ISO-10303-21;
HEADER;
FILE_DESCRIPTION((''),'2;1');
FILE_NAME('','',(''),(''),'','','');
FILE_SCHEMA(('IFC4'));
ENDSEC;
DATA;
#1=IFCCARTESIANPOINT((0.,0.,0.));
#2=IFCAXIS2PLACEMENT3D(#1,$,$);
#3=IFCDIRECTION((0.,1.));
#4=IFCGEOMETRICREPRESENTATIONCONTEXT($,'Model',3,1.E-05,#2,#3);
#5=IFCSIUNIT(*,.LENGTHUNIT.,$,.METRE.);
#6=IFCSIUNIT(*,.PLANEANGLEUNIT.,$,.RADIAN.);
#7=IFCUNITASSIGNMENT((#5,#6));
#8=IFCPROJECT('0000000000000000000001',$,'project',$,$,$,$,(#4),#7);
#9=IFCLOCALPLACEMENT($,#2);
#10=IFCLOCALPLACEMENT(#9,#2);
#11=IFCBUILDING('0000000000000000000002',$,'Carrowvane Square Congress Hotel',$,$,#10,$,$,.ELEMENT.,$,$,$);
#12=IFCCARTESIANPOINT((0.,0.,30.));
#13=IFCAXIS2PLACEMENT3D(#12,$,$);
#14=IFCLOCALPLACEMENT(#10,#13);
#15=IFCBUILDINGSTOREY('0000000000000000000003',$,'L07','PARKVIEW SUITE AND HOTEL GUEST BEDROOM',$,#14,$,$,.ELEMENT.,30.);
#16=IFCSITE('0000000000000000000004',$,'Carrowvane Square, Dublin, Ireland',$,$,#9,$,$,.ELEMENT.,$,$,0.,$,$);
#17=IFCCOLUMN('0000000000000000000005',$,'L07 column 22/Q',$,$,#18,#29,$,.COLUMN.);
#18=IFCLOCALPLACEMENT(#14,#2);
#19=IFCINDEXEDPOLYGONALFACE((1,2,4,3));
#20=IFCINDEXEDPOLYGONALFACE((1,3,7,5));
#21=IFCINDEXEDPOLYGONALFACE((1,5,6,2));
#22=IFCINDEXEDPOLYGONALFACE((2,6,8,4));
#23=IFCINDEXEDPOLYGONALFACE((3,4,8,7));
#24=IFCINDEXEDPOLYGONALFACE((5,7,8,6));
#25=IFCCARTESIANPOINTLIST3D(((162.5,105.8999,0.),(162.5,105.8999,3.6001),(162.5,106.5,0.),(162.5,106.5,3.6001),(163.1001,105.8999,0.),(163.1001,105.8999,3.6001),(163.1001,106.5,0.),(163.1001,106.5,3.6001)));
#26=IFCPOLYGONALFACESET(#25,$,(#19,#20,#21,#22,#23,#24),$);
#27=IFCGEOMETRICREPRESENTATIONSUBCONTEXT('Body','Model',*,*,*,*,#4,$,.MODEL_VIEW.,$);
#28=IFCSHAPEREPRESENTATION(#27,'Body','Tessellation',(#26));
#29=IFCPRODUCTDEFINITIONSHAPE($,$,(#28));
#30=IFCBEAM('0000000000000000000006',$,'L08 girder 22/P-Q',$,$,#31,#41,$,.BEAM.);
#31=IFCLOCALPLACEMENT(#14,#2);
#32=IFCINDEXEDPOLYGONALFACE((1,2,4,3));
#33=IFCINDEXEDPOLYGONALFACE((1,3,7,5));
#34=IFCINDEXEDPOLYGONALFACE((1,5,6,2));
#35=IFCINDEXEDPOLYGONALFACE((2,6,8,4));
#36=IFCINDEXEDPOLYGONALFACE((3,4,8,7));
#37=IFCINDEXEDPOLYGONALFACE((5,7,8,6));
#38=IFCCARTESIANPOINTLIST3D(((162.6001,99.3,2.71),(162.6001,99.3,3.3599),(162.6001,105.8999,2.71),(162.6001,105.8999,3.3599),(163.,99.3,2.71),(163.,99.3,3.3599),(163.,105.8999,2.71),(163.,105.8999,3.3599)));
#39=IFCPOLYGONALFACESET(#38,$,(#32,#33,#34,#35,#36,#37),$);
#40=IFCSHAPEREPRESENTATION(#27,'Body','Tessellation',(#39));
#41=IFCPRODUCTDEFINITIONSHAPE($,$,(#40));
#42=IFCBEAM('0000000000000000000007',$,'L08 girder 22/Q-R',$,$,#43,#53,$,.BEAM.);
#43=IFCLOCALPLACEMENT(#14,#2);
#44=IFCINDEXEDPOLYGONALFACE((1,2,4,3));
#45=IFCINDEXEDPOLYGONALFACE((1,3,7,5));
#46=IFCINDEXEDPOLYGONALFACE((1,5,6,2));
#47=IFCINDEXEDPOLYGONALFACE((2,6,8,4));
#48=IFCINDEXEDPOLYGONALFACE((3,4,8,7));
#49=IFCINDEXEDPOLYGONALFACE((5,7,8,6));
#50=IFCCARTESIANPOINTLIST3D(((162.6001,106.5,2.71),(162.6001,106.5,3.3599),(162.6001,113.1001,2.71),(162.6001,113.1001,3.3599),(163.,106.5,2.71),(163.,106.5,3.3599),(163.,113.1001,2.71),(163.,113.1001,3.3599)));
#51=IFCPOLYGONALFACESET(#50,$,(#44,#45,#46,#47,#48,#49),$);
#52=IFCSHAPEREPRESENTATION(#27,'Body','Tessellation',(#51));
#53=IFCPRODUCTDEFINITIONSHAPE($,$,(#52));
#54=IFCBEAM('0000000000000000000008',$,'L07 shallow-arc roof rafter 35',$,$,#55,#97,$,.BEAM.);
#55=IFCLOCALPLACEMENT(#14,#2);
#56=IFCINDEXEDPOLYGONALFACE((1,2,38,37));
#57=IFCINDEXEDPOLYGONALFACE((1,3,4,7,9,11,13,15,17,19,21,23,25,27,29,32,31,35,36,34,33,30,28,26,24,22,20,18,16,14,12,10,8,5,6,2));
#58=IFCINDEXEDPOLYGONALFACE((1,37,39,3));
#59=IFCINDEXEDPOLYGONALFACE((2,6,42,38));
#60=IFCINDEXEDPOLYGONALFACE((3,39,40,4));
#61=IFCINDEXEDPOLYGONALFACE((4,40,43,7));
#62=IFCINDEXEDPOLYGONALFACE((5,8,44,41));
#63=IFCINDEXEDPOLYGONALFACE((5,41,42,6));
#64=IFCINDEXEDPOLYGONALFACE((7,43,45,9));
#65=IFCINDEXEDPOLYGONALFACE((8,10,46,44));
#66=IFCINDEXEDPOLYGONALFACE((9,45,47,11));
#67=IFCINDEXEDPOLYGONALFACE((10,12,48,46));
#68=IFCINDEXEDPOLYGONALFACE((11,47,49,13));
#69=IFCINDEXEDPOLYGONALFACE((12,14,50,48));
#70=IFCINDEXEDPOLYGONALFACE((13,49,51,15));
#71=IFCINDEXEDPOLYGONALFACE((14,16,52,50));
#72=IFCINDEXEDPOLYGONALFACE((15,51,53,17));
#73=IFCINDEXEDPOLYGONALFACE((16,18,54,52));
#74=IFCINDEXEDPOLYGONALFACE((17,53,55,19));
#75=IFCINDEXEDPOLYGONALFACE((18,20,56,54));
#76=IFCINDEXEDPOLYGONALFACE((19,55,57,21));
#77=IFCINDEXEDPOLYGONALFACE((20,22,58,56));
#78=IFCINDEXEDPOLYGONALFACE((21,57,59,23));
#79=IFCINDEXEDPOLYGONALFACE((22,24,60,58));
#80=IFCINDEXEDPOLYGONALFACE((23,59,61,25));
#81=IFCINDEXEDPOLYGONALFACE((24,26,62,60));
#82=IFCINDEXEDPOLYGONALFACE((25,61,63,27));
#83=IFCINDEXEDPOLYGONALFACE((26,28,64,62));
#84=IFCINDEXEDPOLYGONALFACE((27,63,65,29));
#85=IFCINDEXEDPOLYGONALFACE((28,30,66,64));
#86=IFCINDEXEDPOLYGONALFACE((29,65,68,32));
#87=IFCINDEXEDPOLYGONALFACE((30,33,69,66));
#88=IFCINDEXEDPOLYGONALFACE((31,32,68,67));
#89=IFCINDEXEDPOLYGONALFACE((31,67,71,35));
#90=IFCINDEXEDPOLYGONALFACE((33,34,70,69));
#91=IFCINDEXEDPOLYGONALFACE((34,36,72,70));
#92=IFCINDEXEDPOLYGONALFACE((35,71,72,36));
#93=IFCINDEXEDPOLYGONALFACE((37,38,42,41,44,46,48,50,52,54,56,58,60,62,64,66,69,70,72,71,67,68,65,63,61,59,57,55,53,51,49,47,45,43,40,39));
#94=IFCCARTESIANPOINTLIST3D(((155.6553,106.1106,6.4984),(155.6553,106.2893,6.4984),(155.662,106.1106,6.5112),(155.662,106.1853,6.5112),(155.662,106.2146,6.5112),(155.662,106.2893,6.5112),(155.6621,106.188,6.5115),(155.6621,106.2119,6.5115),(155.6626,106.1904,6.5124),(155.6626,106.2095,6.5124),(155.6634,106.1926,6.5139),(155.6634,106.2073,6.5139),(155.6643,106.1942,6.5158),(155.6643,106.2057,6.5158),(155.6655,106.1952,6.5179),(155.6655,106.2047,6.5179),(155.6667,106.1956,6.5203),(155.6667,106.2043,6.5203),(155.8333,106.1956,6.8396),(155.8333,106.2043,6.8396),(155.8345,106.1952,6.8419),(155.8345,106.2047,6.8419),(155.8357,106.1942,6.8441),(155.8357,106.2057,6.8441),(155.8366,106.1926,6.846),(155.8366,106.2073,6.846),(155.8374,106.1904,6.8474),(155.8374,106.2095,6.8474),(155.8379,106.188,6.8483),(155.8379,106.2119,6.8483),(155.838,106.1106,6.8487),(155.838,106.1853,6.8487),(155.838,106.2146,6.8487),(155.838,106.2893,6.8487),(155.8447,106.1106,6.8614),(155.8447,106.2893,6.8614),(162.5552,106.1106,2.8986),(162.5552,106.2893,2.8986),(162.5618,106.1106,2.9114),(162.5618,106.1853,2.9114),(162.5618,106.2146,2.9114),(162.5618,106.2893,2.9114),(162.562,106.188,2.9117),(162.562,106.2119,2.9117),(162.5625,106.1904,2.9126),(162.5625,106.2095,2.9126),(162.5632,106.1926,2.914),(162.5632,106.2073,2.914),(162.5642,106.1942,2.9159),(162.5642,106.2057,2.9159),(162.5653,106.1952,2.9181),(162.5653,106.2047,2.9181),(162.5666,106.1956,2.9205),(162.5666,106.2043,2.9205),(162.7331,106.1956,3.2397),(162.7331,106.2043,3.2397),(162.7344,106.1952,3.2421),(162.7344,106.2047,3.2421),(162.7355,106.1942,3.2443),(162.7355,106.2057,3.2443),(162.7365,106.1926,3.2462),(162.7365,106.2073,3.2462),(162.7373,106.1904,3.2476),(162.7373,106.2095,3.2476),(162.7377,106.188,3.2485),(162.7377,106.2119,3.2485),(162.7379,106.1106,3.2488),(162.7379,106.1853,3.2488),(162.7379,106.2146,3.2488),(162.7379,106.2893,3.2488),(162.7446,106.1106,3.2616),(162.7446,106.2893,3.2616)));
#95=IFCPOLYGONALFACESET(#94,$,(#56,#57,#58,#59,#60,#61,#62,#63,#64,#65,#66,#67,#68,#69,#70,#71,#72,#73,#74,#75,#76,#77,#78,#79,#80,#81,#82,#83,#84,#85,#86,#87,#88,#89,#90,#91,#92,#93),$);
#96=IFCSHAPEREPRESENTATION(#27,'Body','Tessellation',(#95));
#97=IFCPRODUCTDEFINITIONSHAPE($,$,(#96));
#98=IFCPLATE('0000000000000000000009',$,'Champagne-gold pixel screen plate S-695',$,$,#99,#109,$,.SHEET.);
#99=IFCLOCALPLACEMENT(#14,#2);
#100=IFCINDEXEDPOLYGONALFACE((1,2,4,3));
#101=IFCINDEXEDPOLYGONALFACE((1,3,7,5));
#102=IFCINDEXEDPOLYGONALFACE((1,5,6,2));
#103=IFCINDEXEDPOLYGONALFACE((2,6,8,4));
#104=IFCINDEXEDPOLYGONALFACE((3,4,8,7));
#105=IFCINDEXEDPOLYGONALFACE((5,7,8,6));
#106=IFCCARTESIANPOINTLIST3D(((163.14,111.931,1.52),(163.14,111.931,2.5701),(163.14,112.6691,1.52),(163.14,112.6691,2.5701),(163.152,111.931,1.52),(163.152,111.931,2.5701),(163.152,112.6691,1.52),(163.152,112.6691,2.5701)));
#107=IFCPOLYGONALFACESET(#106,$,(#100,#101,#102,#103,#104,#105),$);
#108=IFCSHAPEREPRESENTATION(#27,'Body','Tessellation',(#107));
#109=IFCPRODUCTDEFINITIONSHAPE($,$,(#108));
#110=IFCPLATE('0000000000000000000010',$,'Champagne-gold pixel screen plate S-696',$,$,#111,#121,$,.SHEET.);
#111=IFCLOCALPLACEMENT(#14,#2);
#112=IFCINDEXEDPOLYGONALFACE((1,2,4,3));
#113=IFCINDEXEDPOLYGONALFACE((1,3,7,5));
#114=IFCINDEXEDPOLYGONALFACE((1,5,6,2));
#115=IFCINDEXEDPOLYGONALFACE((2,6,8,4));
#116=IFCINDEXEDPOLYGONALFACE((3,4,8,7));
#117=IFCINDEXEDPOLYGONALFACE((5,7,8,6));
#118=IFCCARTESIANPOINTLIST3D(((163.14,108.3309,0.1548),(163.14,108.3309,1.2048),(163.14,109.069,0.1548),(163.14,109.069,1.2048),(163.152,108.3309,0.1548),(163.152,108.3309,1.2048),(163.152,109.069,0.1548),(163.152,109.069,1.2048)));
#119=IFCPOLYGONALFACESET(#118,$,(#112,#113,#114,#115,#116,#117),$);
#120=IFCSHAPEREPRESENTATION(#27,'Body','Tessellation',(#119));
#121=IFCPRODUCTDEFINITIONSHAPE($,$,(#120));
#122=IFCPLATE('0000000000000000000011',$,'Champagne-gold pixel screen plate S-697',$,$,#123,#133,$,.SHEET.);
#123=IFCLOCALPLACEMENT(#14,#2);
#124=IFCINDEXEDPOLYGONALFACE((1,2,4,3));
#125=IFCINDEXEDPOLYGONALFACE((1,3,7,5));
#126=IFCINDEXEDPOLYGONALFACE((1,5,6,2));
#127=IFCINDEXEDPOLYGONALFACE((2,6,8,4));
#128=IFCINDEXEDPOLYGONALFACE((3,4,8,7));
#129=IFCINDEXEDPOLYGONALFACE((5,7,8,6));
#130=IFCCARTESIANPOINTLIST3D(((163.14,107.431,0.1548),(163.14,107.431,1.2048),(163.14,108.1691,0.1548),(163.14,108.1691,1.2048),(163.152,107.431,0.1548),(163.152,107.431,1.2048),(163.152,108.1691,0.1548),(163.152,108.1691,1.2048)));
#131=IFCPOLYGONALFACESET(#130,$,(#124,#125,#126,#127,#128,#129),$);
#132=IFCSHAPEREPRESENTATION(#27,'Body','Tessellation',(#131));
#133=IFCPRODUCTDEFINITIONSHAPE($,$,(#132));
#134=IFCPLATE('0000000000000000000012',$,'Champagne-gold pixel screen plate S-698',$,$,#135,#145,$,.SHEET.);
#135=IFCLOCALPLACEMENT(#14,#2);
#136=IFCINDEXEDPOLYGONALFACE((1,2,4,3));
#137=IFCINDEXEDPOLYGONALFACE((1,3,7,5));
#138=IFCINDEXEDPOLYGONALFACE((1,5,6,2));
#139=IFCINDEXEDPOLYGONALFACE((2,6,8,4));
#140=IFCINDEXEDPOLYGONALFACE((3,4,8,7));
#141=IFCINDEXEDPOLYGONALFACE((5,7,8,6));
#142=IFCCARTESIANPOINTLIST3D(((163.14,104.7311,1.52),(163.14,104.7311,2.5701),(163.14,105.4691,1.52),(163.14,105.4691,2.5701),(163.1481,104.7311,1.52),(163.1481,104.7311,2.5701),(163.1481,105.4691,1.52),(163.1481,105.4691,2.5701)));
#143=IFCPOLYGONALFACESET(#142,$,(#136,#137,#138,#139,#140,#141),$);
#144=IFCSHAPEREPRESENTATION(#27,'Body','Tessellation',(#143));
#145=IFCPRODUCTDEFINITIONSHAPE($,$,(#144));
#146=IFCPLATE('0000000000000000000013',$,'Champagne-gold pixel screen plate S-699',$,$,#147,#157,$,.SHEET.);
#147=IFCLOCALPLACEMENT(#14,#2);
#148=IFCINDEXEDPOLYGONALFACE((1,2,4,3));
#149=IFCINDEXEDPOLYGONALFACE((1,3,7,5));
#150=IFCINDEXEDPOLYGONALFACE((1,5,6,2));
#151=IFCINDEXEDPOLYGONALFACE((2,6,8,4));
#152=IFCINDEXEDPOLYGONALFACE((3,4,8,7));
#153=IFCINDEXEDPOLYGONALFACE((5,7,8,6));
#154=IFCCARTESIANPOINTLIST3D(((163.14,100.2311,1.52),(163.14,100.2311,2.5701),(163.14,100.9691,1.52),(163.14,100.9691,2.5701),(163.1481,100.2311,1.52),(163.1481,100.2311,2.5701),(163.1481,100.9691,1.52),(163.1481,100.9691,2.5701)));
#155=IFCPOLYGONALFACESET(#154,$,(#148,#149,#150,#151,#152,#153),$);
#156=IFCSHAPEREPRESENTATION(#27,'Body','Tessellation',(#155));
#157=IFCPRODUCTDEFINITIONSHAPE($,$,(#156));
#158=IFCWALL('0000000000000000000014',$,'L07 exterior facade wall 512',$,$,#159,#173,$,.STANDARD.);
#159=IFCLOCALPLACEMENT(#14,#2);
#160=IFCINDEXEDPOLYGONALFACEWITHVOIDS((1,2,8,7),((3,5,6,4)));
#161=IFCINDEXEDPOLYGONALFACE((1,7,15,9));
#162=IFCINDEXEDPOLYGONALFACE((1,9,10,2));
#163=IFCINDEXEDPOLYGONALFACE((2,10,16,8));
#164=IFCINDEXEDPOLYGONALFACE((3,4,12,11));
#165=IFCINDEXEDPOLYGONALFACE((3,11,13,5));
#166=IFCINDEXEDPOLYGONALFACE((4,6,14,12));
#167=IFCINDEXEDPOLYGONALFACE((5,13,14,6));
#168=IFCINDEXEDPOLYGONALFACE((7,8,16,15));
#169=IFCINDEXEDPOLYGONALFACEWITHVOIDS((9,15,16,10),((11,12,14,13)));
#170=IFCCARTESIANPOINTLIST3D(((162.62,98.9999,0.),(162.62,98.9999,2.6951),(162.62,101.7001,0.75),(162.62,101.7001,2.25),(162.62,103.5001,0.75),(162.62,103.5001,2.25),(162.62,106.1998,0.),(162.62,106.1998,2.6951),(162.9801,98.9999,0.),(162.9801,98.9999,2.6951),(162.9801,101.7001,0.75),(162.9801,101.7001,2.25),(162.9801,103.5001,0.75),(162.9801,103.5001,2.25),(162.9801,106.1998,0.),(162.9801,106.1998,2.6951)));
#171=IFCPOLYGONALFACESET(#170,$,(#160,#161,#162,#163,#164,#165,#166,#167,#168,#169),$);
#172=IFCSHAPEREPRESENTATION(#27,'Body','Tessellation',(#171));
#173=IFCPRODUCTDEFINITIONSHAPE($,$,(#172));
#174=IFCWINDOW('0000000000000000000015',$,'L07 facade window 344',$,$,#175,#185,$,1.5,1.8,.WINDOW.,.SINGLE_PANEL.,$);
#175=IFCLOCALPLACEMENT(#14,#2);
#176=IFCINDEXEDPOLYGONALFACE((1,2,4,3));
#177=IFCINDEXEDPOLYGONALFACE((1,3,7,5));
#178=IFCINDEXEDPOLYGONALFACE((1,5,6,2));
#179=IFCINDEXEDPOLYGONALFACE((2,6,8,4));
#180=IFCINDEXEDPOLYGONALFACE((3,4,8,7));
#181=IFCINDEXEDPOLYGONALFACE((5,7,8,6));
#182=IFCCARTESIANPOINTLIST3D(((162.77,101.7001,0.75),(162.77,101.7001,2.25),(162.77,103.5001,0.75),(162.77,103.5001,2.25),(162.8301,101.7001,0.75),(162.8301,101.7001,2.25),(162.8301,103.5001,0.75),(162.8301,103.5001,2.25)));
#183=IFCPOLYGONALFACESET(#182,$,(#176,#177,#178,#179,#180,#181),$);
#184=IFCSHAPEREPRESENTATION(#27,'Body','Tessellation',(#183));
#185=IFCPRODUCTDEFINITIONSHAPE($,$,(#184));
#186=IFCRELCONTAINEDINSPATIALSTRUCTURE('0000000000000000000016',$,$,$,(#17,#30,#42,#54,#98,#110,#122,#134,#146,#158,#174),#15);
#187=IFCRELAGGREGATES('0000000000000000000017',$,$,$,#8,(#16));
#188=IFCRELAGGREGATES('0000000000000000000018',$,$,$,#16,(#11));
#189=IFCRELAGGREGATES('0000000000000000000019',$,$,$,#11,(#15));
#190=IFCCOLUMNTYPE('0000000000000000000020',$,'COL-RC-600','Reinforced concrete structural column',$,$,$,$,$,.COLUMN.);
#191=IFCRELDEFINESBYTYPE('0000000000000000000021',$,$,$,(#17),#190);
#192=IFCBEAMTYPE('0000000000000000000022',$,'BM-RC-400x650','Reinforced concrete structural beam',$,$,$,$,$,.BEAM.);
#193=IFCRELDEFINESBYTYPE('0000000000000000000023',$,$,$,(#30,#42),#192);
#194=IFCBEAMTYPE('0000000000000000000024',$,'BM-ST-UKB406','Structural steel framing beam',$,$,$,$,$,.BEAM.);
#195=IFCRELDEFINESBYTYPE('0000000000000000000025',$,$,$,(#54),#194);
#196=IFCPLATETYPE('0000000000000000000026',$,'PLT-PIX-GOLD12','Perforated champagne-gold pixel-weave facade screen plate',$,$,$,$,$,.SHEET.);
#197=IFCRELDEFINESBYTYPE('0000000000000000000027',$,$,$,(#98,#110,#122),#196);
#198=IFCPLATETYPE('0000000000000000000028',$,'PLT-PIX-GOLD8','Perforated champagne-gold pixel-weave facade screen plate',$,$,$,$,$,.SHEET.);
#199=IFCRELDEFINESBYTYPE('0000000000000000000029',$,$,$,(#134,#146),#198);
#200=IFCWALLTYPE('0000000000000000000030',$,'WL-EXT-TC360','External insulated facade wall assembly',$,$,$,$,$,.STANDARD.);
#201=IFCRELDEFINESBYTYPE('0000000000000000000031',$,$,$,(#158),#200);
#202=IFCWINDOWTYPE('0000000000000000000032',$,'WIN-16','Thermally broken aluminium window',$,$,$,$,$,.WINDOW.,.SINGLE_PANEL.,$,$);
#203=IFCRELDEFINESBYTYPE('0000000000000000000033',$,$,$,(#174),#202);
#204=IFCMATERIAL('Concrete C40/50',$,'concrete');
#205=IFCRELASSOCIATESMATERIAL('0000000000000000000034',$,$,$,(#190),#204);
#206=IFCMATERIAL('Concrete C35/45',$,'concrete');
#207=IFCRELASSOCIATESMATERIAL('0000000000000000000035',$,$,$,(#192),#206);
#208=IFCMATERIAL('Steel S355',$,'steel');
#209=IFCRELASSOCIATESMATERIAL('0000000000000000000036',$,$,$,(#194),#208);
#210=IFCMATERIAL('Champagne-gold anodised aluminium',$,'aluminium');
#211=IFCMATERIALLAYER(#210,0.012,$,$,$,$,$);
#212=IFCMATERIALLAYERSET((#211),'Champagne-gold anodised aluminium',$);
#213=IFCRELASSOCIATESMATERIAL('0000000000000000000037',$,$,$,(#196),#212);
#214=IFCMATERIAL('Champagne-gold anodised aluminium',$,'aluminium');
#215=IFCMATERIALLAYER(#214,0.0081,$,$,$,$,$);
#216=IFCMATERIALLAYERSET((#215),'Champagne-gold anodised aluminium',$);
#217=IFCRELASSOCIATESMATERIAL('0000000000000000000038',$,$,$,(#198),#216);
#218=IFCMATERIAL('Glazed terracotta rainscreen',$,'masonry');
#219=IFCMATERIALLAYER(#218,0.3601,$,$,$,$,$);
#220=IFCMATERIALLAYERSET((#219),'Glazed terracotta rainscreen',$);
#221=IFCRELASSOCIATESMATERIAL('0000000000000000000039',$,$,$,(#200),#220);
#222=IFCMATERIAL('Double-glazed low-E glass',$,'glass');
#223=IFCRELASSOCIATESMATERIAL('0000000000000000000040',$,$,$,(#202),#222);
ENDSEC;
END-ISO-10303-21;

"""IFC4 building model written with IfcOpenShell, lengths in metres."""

from ifc_helpers import new_model, si_unit, direction, frame, frame_2d, origin, origin_2d, place, context, subcontext, project, spatial, rectangle, i_section, extrude, material, layer, layer_set, material_profile, profile_set, type_object, element, fill, save


model = new_model("IFC4")

# Units and contexts
model_context = context("Model", 3, precision=1e-05, world=origin(), true_north=direction((0.0, 1.0)))
body_context = subcontext(model_context, "Body", "Model", "MODEL_VIEW")
ifc_project = project(units=[si_unit("LENGTHUNIT", "METRE"), si_unit("PLANEANGLEUNIT", "RADIAN")], contexts=[model_context])

# Site, building, storey
site_placement = place(None, origin())
site = spatial("IfcSite", under=ifc_project, at=site_placement, Name="Carrowvane Square, Dublin, Ireland", CompositionType="ELEMENT", RefElevation=0.0)
building_placement = place(site_placement, origin())
building = spatial("IfcBuilding", under=site, at=building_placement, Name="Carrowvane Square Congress Hotel", CompositionType="ELEMENT")
storey_placement = place(building_placement, frame((0.0, 0.0, 30.0)))
storey = spatial("IfcBuildingStorey", under=building, at=storey_placement, Name="L07", Description="PARKVIEW SUITE AND HOTEL GUEST BEDROOM", CompositionType="ELEMENT", Elevation=30.0)

# Column
ifc_material_1 = material(Name="Concrete C40/50", Category="concrete")
ifc_material_profile_1 = material_profile(ifc_material_1, rectangle(XDim=0.6001, YDim=0.6001, at=origin_2d()), Name="RC 600x600")
ifc_profile_set_1 = profile_set([ifc_material_profile_1], Name="Concrete C40/50")
column_type = type_object("IfcColumnType", Name="COL-RC-600", Description="Reinforced concrete structural column", PredefinedType="COLUMN", material=ifc_profile_set_1)
column_placement = place(storey_placement, frame((162.8, 106.2, 0.0), z_axis=(0.0, 0.0, 1.0), x_axis=(1.0, 0.0, 0.0)))
element("IfcColumn", 1, at=column_placement, inside=storey, type_object=column_type, Name="L07 column 22/Q", PredefinedType="COLUMN", context=body_context, shape_type="SweptSolid", body=[
    extrude(rectangle(XDim=0.6001, YDim=0.6001, at=origin_2d()), origin(), (0.0, 0.0, 1.0), 3.6001),
])

# Beams
ifc_material_2 = material(Name="Concrete C35/45", Category="concrete")
ifc_material_profile_2 = material_profile(ifc_material_2, rectangle(XDim=0.3999, YDim=0.6499, at=origin_2d()), Name="RC 400x650")
ifc_profile_set_2 = profile_set([ifc_material_profile_2], Name="Concrete C35/45")
beam_type_1 = type_object("IfcBeamType", Name="BM-RC-400x650", Description="Reinforced concrete structural beam", PredefinedType="BEAM", material=ifc_profile_set_2)
beam_1_placement = place(storey_placement, frame((162.8, 99.3, 3.0349), z_axis=(0.0, 1.0, 0.0), x_axis=(-1.0, 0.0, 0.0)))
element("IfcBeam", 2, at=beam_1_placement, inside=storey, type_object=beam_type_1, Name="L08 girder 22/P-Q", PredefinedType="BEAM", context=body_context, shape_type="SweptSolid", body=[
    extrude(rectangle(XDim=0.3999, YDim=0.6499, at=origin_2d()), origin(), (0.0, 0.0, 1.0), 6.5999),
])
beam_2_placement = place(storey_placement, frame((162.8, 106.5, 3.0349), z_axis=(0.0, 1.0, 0.0), x_axis=(-1.0, 0.0, 0.0)))
element("IfcBeam", 3, at=beam_2_placement, inside=storey, type_object=beam_type_1, Name="L08 girder 22/Q-R", PredefinedType="BEAM", context=body_context, shape_type="SweptSolid", body=[
    extrude(rectangle(XDim=0.3999, YDim=0.6499, at=origin_2d()), origin(), (0.0, 0.0, 1.0), 6.6001),
])
ifc_material_3 = material(Name="Steel S355", Category="steel")
ifc_material_profile_3 = material_profile(ifc_material_3, i_section(OverallWidth=0.1787, OverallDepth=0.4094, WebThickness=0.0088, FlangeThickness=0.0144, FilletRadius=0.0103, at=origin_2d()), Name="UKB 406x178x67")
ifc_profile_set_3 = profile_set([ifc_material_profile_3], Name="Steel S355")
beam_type_2 = type_object("IfcBeamType", Name="BM-ST-UKB406", Description="Structural steel framing beam", PredefinedType="BEAM", material=ifc_profile_set_3)
beam_3_placement = place(storey_placement, frame((155.75, 106.2, 6.6799), z_axis=(0.88659, 0.0, -0.462556), x_axis=(0.0, 1.0, 0.0)))
element("IfcBeam", 4, at=beam_3_placement, inside=storey, type_object=beam_type_2, Name="L07 shallow-arc roof rafter 35", PredefinedType="BEAM", context=body_context, shape_type="SweptSolid", body=[
    extrude(i_section(OverallWidth=0.1787, OverallDepth=0.4094, WebThickness=0.0088, FlangeThickness=0.0144, FilletRadius=0.0103, at=origin_2d()), origin(), (0.0, 0.0, 1.0), 7.7825),
])

# Plates
ifc_material_4 = material(Name="Champagne-gold anodised aluminium", Category="aluminium")
ifc_layer_1 = layer(ifc_material_4, 0.012)
ifc_layer_set_1 = layer_set([ifc_layer_1], Name="Champagne-gold anodised aluminium")
plate_type_1 = type_object("IfcPlateType", Name="PLT-PIX-GOLD12", Description="Perforated champagne-gold pixel-weave facade screen plate", PredefinedType="SHEET", material=ifc_layer_set_1)
for number, where, z_axis, x_axis, name in (
    (5, (163.146, 112.3, 1.52), (0.0, 0.0, 1.0), (0.0, -1.0, 0.0), "Champagne-gold pixel screen plate S-695"),
    (6, (163.146, 108.7, 0.1548), (0.0, 0.0, 1.0), (0.0, -1.0, 0.0), "Champagne-gold pixel screen plate S-696"),
    (7, (163.146, 107.8, 0.1548), (0.0, 0.0, 1.0), (0.0, -1.0, 0.0), "Champagne-gold pixel screen plate S-697"),
):
    element("IfcPlate", number, at=place(storey_placement, frame(where, z_axis=z_axis, x_axis=x_axis)), inside=storey, type_object=plate_type_1, Name=name, PredefinedType="SHEET", context=body_context, shape_type="SweptSolid", body=[
        extrude(rectangle(XDim=0.738, YDim=0.012, at=origin_2d()), origin(), (0.0, 0.0, 1.0), 1.05),
    ])
ifc_material_5 = material(Name="Champagne-gold anodised aluminium", Category="aluminium")
ifc_layer_2 = layer(ifc_material_5, 0.0081)
ifc_layer_set_2 = layer_set([ifc_layer_2], Name="Champagne-gold anodised aluminium")
plate_type_2 = type_object("IfcPlateType", Name="PLT-PIX-GOLD8", Description="Perforated champagne-gold pixel-weave facade screen plate", PredefinedType="SHEET", material=ifc_layer_set_2)
for number, where, z_axis, x_axis, name in (
    (8, (163.144, 105.1001, 1.52), (0.0, 0.0, 1.0), (0.0, -1.0, 0.0), "Champagne-gold pixel screen plate S-698"),
    (9, (163.144, 100.6001, 1.52), (0.0, 0.0, 1.0), (0.0, -1.0, 0.0), "Champagne-gold pixel screen plate S-699"),
):
    element("IfcPlate", number, at=place(storey_placement, frame(where, z_axis=z_axis, x_axis=x_axis)), inside=storey, type_object=plate_type_2, Name=name, PredefinedType="SHEET", context=body_context, shape_type="SweptSolid", body=[
        extrude(rectangle(XDim=0.738, YDim=0.0081, at=origin_2d()), origin(), (0.0, 0.0, 1.0), 1.05),
    ])

# Wall, opening, window
ifc_material_6 = material(Name="Glazed terracotta rainscreen", Category="masonry")
ifc_layer_3 = layer(ifc_material_6, 0.3601)
ifc_layer_set_3 = layer_set([ifc_layer_3], Name="Glazed terracotta rainscreen")
wall_type_1 = type_object("IfcWallType", Name="WL-EXT-TC360", Description="External insulated facade wall assembly", PredefinedType="STANDARD", material=ifc_layer_set_3)
wall_1_placement = place(storey_placement, frame((162.8, 106.2, 0.0), z_axis=(0.0, 0.0, 1.0), x_axis=(0.0, -1.0, 0.0)))
wall_1 = element("IfcWall", 10, at=wall_1_placement, inside=storey, type_object=wall_type_1, Name="L07 exterior facade wall 512", PredefinedType="STANDARD", context=body_context, shape_type="SweptSolid", body=[
    extrude(rectangle(XDim=7.2, YDim=0.3601, at=frame_2d((3.6001, 0.0))), origin(), (0.0, 0.0, 1.0), 2.6951),
])
opening_1_placement = place(wall_1_placement, frame((2.7, 0.0, 0.75)))
opening_1 = element("IfcOpeningElement", 11, at=opening_1_placement, cuts=wall_1, PredefinedType="OPENING", context=body_context, shape_type="SweptSolid", body=[
    extrude(rectangle(XDim=1.8, YDim=1.5, at=frame_2d((0.8999, 0.75))), frame((0.0, 0.1899, 0.0), z_axis=(0.0, -1.0, 0.0), x_axis=(1.0, 0.0, 0.0)), (0.0, 0.0, 1.0), 0.3801),
])
ifc_material_7 = material(Name="Double-glazed low-E glass", Category="glass")
window_type_1 = type_object("IfcWindowType", Name="WIN-16", Description="Thermally broken aluminium window", PartitioningType="SINGLE_PANEL", PredefinedType="WINDOW", material=ifc_material_7)
window_1_placement = place(opening_1_placement, origin())
window_1 = element("IfcWindow", 12, at=window_1_placement, inside=storey, type_object=window_type_1, Name="L07 facade window 344", OverallHeight=1.5, OverallWidth=1.8, PartitioningType="SINGLE_PANEL", PredefinedType="WINDOW", context=body_context, shape_type="SweptSolid", body=[
    extrude(rectangle(XDim=1.8, YDim=1.5, at=frame_2d((0.8999, 0.75))), frame((0.0, 0.03, 0.0), z_axis=(0.0, -1.0, 0.0), x_axis=(1.0, 0.0, 0.0)), (0.0, 0.0, 1.0), 0.0601),
])
fill(opening_1, window_1)

save(model, "model.ifc")
